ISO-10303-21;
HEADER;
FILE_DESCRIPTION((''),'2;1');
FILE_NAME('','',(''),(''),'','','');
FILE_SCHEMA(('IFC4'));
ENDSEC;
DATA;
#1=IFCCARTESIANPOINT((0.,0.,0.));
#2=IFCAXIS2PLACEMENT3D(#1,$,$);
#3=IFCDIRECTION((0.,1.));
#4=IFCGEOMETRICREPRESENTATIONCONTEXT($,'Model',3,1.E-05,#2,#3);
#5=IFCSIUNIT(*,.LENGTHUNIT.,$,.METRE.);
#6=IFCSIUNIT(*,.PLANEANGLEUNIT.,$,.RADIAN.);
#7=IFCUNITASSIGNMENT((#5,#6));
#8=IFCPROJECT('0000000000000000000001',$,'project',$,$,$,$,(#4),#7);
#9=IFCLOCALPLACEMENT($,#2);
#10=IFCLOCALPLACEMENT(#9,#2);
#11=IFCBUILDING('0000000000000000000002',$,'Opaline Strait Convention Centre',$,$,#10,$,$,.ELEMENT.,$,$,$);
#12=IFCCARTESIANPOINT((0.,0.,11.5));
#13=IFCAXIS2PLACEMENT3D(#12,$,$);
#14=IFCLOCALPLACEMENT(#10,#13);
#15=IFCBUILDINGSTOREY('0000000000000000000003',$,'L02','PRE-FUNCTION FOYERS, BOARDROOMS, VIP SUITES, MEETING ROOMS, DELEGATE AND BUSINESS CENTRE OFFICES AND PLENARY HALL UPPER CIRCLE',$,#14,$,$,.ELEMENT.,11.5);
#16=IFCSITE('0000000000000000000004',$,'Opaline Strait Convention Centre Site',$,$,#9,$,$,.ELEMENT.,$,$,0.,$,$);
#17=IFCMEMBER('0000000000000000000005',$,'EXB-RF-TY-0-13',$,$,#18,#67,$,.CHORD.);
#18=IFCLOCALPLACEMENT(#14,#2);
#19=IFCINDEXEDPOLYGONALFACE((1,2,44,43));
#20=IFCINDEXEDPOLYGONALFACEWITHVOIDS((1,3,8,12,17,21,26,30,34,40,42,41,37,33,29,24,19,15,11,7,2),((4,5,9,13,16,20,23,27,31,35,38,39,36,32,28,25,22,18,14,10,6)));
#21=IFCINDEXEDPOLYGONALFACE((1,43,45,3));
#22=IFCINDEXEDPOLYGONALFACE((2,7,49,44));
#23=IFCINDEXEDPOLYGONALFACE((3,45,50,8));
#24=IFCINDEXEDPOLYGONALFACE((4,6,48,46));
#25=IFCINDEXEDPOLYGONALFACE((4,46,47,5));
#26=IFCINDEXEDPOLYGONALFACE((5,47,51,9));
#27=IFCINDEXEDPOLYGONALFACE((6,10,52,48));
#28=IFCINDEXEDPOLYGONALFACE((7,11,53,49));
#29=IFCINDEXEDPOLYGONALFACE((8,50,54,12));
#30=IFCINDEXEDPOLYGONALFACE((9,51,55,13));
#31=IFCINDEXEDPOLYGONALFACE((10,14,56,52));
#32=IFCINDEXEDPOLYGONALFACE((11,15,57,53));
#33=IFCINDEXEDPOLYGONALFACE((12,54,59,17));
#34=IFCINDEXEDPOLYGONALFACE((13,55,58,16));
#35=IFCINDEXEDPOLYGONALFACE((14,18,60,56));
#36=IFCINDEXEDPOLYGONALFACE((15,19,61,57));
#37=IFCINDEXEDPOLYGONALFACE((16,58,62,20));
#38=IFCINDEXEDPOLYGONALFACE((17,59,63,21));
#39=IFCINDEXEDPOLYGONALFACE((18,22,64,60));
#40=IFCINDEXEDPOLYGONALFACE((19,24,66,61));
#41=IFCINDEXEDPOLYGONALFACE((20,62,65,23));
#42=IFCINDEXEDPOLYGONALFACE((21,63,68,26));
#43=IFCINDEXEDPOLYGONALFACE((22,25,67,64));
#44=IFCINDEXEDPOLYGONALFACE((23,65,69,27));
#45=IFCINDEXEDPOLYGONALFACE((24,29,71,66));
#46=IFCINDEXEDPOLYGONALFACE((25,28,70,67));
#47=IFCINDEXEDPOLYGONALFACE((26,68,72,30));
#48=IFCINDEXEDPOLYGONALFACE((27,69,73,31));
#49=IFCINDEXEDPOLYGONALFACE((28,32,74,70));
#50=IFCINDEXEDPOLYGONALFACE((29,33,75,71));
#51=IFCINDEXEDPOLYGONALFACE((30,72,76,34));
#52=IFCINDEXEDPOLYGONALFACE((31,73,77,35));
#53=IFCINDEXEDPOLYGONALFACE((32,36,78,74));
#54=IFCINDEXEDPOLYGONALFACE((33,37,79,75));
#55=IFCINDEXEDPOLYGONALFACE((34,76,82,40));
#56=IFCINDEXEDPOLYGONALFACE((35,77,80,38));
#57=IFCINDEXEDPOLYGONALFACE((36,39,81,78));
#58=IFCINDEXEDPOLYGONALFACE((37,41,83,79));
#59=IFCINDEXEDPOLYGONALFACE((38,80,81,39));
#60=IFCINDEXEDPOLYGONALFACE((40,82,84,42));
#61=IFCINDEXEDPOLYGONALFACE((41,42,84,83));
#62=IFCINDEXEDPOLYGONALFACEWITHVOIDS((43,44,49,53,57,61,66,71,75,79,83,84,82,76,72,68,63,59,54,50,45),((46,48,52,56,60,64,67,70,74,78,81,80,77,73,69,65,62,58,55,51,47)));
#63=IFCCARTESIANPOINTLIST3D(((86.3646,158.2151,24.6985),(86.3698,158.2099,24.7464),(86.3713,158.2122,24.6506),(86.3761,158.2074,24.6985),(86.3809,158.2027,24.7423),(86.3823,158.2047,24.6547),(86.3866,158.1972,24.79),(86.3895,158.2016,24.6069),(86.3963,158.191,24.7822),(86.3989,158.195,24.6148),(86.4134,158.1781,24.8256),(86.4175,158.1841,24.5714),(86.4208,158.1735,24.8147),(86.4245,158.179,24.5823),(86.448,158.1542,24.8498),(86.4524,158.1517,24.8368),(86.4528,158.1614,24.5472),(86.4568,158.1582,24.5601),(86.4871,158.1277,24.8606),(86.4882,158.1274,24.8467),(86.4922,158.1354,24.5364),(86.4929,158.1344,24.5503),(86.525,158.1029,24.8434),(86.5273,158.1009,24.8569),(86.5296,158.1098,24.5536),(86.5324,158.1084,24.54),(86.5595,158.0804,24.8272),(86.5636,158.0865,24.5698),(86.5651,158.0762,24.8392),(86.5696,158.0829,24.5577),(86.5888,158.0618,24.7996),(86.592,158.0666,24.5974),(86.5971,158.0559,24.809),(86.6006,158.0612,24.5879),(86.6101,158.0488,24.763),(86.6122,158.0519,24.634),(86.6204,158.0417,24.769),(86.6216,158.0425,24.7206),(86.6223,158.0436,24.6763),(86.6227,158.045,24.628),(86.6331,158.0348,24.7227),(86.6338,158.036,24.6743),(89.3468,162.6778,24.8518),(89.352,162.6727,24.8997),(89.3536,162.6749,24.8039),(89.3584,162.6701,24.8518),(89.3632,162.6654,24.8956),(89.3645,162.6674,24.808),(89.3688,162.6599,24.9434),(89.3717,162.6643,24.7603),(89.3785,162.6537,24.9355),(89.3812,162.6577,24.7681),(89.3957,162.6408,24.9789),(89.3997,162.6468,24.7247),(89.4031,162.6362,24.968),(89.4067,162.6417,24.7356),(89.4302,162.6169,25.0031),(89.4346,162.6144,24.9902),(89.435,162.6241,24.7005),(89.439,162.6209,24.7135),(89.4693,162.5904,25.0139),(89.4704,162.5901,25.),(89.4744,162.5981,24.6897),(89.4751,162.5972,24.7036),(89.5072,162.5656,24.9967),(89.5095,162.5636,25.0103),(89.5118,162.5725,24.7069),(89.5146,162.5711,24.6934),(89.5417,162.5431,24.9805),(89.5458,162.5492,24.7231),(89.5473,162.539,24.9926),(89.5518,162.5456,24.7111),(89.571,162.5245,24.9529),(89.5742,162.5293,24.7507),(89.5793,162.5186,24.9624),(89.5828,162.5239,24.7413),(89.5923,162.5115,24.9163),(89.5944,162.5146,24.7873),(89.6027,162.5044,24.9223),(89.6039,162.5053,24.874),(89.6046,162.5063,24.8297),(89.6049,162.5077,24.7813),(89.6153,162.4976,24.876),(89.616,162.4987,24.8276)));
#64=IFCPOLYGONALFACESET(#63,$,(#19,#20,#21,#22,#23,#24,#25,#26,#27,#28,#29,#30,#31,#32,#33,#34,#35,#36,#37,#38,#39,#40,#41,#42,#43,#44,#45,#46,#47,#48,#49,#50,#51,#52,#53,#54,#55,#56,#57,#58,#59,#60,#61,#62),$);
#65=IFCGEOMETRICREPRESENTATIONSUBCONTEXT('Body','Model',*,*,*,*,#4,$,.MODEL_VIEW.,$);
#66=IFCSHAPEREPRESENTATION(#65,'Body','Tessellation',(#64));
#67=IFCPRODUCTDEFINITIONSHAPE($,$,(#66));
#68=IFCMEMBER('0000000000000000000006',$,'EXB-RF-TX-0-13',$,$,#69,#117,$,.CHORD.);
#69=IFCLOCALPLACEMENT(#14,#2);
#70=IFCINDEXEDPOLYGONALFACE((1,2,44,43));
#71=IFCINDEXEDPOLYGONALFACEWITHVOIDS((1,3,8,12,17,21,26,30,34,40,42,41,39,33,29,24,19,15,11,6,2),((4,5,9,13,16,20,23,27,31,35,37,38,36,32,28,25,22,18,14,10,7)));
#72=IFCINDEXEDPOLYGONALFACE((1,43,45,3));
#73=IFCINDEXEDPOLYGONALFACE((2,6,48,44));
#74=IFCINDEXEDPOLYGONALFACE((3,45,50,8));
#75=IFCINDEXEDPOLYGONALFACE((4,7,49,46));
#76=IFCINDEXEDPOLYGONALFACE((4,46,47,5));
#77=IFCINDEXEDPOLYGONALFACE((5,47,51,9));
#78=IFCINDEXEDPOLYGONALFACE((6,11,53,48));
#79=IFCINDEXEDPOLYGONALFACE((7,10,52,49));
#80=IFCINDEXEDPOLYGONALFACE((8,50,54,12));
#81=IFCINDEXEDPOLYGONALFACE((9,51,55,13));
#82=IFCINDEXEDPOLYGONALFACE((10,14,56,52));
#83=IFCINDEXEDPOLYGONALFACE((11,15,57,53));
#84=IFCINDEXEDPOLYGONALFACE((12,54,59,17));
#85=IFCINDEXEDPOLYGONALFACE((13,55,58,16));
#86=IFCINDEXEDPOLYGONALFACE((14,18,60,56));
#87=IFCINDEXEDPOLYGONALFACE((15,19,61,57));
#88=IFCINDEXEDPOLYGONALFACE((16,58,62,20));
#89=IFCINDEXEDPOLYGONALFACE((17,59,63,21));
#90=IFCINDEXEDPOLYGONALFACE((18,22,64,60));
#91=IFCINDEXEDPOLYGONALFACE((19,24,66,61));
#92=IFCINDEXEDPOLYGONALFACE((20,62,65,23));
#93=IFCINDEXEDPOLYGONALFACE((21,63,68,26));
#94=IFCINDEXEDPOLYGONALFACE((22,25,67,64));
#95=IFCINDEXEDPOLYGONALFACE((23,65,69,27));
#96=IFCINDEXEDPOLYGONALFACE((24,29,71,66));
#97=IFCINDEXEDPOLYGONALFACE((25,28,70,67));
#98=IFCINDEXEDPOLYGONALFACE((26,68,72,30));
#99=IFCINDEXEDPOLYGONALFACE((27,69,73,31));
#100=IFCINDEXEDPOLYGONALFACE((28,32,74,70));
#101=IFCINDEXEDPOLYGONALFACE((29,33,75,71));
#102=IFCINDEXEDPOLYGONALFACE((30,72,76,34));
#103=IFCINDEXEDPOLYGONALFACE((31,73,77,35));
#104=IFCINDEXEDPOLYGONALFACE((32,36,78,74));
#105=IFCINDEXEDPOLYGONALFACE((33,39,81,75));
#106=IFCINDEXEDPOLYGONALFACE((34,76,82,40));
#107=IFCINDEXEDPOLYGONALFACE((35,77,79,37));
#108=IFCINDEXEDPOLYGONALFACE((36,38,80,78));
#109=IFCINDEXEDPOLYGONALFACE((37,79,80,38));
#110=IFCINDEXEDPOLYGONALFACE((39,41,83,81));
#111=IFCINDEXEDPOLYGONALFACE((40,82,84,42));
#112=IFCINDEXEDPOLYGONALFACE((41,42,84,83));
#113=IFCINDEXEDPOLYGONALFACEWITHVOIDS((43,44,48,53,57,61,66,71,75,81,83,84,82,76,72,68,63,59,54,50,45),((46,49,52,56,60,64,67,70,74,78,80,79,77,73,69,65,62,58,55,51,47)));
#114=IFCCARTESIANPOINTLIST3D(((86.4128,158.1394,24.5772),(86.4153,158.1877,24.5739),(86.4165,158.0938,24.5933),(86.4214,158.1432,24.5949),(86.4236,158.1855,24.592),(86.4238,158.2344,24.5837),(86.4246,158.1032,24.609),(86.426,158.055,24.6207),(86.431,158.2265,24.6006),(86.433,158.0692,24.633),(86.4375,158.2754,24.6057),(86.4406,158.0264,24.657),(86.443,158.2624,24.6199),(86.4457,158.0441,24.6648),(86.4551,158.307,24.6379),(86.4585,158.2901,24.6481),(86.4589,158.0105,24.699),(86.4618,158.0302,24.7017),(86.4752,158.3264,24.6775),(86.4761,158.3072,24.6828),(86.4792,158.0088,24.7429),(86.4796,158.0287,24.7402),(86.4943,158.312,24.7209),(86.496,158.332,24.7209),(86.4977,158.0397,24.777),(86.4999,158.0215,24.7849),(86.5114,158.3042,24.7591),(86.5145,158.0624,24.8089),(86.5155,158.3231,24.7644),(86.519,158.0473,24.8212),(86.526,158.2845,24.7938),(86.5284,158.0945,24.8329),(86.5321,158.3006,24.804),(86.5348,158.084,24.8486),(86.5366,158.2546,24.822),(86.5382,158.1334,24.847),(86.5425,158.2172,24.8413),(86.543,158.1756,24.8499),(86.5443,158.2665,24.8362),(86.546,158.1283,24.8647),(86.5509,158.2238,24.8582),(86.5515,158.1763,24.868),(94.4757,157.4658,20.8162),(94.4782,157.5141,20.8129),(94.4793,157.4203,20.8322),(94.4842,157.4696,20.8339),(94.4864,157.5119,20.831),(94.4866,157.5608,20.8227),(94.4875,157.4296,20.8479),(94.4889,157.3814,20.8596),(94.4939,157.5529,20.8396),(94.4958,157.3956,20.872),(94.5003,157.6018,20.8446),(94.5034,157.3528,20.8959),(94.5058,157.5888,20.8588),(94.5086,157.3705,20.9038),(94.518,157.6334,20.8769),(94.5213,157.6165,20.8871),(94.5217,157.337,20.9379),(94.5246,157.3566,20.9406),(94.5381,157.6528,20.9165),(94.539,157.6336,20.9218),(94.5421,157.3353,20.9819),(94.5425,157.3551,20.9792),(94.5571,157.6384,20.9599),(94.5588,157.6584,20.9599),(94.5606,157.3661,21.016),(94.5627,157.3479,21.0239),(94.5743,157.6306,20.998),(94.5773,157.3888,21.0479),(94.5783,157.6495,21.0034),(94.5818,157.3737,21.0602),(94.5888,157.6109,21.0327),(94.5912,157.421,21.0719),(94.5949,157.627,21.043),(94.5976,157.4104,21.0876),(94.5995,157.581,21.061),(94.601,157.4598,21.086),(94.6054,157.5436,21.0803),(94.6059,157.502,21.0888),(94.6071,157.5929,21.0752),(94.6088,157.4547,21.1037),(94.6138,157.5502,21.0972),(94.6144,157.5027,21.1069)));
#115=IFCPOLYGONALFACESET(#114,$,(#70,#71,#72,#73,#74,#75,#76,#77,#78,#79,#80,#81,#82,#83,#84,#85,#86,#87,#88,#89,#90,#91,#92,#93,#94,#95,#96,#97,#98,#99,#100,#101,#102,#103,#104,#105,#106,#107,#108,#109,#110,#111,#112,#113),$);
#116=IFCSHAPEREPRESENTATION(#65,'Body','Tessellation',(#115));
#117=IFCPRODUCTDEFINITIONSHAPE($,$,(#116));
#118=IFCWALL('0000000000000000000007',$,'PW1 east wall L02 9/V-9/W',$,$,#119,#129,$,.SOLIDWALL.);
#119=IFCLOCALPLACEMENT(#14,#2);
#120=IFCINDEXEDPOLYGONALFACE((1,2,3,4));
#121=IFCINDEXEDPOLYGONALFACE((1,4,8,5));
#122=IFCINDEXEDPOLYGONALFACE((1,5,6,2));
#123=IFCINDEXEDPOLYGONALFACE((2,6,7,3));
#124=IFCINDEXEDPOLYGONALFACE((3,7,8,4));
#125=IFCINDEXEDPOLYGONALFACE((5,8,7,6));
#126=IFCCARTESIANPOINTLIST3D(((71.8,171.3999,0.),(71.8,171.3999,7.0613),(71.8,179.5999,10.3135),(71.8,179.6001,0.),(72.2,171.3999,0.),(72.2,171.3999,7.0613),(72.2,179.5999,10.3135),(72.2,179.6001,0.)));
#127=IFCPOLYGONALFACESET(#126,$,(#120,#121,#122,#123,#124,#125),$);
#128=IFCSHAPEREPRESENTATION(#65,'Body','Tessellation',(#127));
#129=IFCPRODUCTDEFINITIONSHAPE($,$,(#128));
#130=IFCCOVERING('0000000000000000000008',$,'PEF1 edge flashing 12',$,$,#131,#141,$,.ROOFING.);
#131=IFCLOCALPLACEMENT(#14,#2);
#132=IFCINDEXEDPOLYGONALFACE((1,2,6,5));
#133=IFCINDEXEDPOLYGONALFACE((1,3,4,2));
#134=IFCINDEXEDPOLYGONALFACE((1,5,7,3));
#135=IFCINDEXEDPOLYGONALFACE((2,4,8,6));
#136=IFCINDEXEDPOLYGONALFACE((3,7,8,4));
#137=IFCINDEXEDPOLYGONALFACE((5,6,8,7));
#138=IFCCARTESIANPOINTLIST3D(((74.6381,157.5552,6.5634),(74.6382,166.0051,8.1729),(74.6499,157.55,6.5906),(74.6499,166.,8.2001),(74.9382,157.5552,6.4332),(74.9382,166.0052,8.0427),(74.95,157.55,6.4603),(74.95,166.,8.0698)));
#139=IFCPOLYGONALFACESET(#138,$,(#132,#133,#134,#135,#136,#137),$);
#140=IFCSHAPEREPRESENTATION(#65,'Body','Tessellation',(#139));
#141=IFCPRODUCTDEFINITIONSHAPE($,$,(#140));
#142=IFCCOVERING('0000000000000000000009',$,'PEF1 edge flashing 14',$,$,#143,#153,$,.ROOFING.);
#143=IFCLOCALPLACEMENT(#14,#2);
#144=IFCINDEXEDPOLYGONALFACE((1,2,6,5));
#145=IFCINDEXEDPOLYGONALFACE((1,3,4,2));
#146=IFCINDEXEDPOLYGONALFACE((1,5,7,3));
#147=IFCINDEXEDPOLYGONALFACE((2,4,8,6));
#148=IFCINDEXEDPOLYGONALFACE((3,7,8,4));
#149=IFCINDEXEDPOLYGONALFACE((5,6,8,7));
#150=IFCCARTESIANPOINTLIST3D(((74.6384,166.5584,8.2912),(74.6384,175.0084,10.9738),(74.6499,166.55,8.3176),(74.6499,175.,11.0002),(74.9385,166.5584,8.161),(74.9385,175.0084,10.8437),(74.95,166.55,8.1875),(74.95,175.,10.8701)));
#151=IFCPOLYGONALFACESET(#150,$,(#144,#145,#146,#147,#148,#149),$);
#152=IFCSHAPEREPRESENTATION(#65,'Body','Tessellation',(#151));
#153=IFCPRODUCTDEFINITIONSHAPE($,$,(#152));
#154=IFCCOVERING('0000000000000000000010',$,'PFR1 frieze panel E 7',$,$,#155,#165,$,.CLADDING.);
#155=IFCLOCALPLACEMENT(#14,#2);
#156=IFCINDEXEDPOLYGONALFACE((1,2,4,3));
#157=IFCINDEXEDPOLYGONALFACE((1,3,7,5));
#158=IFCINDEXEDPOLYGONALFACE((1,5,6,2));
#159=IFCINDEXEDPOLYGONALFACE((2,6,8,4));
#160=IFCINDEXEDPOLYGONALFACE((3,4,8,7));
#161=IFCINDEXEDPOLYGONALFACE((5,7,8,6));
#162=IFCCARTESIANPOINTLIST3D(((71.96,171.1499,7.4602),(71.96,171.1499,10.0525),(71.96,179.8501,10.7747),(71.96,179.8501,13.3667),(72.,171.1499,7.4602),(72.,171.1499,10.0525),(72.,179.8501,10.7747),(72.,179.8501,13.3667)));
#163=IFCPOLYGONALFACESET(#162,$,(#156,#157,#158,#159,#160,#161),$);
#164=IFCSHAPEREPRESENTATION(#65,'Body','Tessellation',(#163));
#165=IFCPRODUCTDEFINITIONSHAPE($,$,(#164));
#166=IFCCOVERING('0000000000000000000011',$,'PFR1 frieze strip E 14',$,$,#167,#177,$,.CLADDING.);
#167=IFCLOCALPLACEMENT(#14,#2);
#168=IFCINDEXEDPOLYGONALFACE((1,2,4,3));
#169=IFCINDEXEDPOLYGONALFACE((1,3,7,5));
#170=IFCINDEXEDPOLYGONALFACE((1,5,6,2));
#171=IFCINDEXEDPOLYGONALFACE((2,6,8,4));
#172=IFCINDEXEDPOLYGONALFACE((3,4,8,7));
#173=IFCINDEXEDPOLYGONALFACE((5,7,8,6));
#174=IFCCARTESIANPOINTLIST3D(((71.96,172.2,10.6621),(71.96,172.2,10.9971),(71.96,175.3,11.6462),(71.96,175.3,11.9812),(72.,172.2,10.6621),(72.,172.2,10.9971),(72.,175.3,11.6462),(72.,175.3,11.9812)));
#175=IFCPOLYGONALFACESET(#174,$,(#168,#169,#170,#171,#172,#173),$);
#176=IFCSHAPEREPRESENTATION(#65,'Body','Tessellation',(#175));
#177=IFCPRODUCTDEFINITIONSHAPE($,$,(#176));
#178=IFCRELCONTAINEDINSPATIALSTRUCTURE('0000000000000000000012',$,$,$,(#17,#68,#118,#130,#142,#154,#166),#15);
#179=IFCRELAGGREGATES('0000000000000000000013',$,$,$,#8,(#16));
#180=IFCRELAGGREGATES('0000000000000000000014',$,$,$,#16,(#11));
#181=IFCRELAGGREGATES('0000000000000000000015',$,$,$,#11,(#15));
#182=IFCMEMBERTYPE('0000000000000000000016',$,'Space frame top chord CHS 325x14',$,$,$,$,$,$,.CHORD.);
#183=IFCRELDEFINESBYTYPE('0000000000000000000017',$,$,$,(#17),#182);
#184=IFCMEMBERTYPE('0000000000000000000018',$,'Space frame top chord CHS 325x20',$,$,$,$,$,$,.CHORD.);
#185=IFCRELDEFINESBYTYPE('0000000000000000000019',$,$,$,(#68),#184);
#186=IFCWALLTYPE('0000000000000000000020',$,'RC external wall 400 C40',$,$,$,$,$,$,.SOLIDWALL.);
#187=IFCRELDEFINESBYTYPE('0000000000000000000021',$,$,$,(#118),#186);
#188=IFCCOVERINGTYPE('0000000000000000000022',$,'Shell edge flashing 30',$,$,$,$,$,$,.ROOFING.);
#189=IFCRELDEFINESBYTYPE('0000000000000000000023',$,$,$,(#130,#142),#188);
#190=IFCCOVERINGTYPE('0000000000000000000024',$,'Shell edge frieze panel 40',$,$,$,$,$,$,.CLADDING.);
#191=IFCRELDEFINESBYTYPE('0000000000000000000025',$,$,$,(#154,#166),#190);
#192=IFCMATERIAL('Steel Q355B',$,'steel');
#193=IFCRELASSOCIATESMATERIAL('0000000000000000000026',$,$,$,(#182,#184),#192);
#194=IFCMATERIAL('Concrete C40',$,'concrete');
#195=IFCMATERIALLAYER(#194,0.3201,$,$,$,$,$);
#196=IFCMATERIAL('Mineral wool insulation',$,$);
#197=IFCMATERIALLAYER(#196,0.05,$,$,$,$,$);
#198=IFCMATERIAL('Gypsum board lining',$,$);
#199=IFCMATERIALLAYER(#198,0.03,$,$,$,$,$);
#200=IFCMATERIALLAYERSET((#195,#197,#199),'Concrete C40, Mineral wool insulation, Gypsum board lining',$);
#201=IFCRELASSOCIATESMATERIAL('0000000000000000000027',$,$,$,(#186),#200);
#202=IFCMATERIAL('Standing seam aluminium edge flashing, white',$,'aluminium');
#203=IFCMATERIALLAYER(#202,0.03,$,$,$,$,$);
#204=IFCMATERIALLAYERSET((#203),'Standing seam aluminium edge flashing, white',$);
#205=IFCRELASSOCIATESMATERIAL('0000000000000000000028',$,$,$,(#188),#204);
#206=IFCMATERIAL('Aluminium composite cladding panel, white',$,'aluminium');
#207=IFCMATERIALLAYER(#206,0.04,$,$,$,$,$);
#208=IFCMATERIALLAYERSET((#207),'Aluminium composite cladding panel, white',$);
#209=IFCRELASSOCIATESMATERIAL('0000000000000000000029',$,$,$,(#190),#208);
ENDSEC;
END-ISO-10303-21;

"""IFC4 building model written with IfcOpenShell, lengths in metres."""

from ifc_helpers import new_model, si_unit, direction, frame, origin, origin_2d, place, context, subcontext, project, spatial, polyline, hollow_circle, outline, extrude, material, layer, layer_set, material_profile, profile_set, type_object, element, save


model = new_model("IFC4")

# Units and contexts
model_context = context("Model", 3, precision=1e-05, world=origin(), true_north=direction((0.0, 1.0)))
body_context = subcontext(model_context, "Body", "Model", "MODEL_VIEW")
ifc_project = project(units=[si_unit("LENGTHUNIT", "METRE"), si_unit("PLANEANGLEUNIT", "RADIAN")], contexts=[model_context])

# Site, building, storey
site_placement = place(None, origin())
site = spatial("IfcSite", under=ifc_project, at=site_placement, Name="Opaline Strait Convention Centre Site", CompositionType="ELEMENT", RefElevation=0.0)
building_placement = place(site_placement, origin())
building = spatial("IfcBuilding", under=site, at=building_placement, Name="Opaline Strait Convention Centre", CompositionType="ELEMENT")
storey_placement = place(building_placement, frame((0.0, 0.0, 11.5)))
storey = spatial("IfcBuildingStorey", under=building, at=storey_placement, Name="L02", Description="PRE-FUNCTION FOYERS, BOARDROOMS, VIP SUITES, MEETING ROOMS, DELEGATE AND BUSINESS CENTRE OFFICES AND PLENARY HALL UPPER CIRCLE", CompositionType="ELEMENT", Elevation=11.5)

# Shared definitions
ifc_material_1 = material(Name="Concrete C40", Category="concrete")

# Members
ifc_material_2 = material(Name="Steel Q355B", Category="steel")
ifc_material_profile_1 = material_profile(ifc_material_2, hollow_circle(Radius=0.1626, WallThickness=0.0139, at=origin_2d()), Name="CHS 325x14")
ifc_profile_set_1 = profile_set([ifc_material_profile_1], Name="Steel Q355B")
member_type_1 = type_object("IfcMemberType", Name="Space frame top chord CHS 325x14", PredefinedType="CHORD", material=ifc_profile_set_1)
member_1_placement = place(storey_placement, frame((86.4998, 158.1248, 24.6985), z_axis=(0.555387, 0.831102, 0.028554), x_axis=(-0.831441, 0.555613, 0.0)))
element("IfcMember", 1, at=member_1_placement, inside=storey, type_object=member_type_1, Name="EXB-RF-TY-0-13", PredefinedType="CHORD", context=body_context, shape_type="SweptSolid", body=[
    extrude(hollow_circle(Radius=0.1626, WallThickness=0.0139, at=origin_2d()), origin(), (0.0, 0.0, 1.0), 5.3696),
])
ifc_material_profile_2 = material_profile(ifc_material_2, hollow_circle(Radius=0.1626, WallThickness=0.02, at=origin_2d()), Name="CHS 325x20")
ifc_profile_set_2 = profile_set([ifc_material_profile_2], Name="Steel Q355B")
member_type_2 = type_object("IfcMemberType", Name="Space frame top chord CHS 325x20", PredefinedType="CHORD", material=ifc_profile_set_2)
member_2_placement = place(storey_placement, frame((86.4824, 158.1699, 24.7209), z_axis=(0.903667, -0.075495, -0.421529), x_axis=(0.083253, 0.996528, 0.0)))
element("IfcMember", 2, at=member_2_placement, inside=storey, type_object=member_type_2, Name="EXB-RF-TX-0-13", PredefinedType="CHORD", context=body_context, shape_type="SweptSolid", body=[
    extrude(hollow_circle(Radius=0.1626, WallThickness=0.02, at=origin_2d()), origin(), (0.0, 0.0, 1.0), 8.9224),
])

# Wall
ifc_layer_1 = layer(ifc_material_1, 0.3201)
ifc_material_3 = material(Name="Mineral wool insulation")
ifc_layer_2 = layer(ifc_material_3, 0.05)
ifc_material_4 = material(Name="Gypsum board lining")
ifc_layer_3 = layer(ifc_material_4, 0.03)
ifc_layer_set_1 = layer_set([ifc_layer_1, ifc_layer_2, ifc_layer_3], Name="Concrete C40, Mineral wool insulation, Gypsum board lining")
wall_type = type_object("IfcWallType", Name="RC external wall 400 C40", PredefinedType="SOLIDWALL", material=ifc_layer_set_1)
wall_placement = place(storey_placement, frame((72.0, 171.3999, 0.0), z_axis=(0.0, 0.0, 1.0), x_axis=(0.0, 1.0, 0.0)))
element("IfcWall", 3, at=wall_placement, inside=storey, type_object=wall_type, Name="PW1 east wall L02 9/V-9/W", PredefinedType="SOLIDWALL", context=body_context, shape_type="SweptSolid", body=[
    extrude(outline(polyline([(0.0, 0.0), (8.2002, 0.0), (8.2, 10.3135), (0.0, 7.0613), (0.0, 0.0)])), frame((0.0, 0.2, 0.0), z_axis=(0.0, -1.0, 0.0), x_axis=(1.0, 0.0, 0.0)), (0.0, 0.0, 1.0), 0.3999),
])

# Coverings
ifc_material_5 = material(Name="Standing seam aluminium edge flashing, white", Category="aluminium")
ifc_layer_4 = layer(ifc_material_5, 0.03)
ifc_layer_set_2 = layer_set([ifc_layer_4], Name="Standing seam aluminium edge flashing, white")
covering_type_1 = type_object("IfcCoveringType", Name="Shell edge flashing 30", PredefinedType="ROOFING", material=ifc_layer_set_2)
covering_1_placement = place(storey_placement, frame((74.6499, 157.55, 6.5906), z_axis=(0.392252, -0.172115, 0.903612), x_axis=(0.917297, -0.000058, -0.398203)))
element("IfcCovering", 4, at=covering_1_placement, inside=storey, type_object=covering_type_1, Name="PEF1 edge flashing 12", PredefinedType="ROOFING", context=body_context, shape_type="SweptSolid", body=[
    extrude(outline(polyline([(0.0, 0.0), (0.3271, 0.0), (-0.3143, 8.5779), (-0.6413, 8.5779), (0.0, 0.0)])), origin(), (0.0, 0.0, -1.0), 0.03),
])
covering_2_placement = place(storey_placement, frame((74.6499, 166.55, 8.3176), z_axis=(0.382006, -0.27964, 0.880836), x_axis=(0.917438, 0.0, -0.39788)))
element("IfcCovering", 5, at=covering_2_placement, inside=storey, type_object=covering_type_1, Name="PEF1 edge flashing 14", PredefinedType="ROOFING", context=body_context, shape_type="SweptSolid", body=[
    extrude(outline(polyline([(0.0, 0.0), (0.3271, 0.0), (-0.7403, 8.8011), (-1.0674, 8.8011), (0.0, 0.0)])), origin(), (0.0, 0.0, -1.0), 0.03),
])
ifc_material_6 = material(Name="Aluminium composite cladding panel, white", Category="aluminium")
ifc_layer_5 = layer(ifc_material_6, 0.04)
ifc_layer_set_3 = layer_set([ifc_layer_5], Name="Aluminium composite cladding panel, white")
covering_type_2 = type_object("IfcCoveringType", Name="Shell edge frieze panel 40", PredefinedType="CLADDING", material=ifc_layer_set_3)
covering_3_placement = place(storey_placement, frame((72.0, 171.1499, 7.4602), z_axis=(1.0, 0.0, 0.0), x_axis=(0.0, 0.934484, 0.356004)))
element("IfcCovering", 6, at=covering_3_placement, inside=storey, type_object=covering_type_2, Name="PFR1 frieze panel E 7", PredefinedType="CLADDING", context=body_context, shape_type="SweptSolid", body=[
    extrude(outline(polyline([(0.0, 0.0), (9.3102, 0.0), (10.2329, 2.4222), (0.9229, 2.4225), (0.0, 0.0)])), origin(), (0.0, 0.0, -1.0), 0.04),
])
covering_4_placement = place(storey_placement, frame((72.0, 172.2, 10.6621), z_axis=(1.0, 0.0, 0.0), x_axis=(0.0, 0.953127, 0.302572)))
element("IfcCovering", 7, at=covering_4_placement, inside=storey, type_object=covering_type_2, Name="PFR1 frieze strip E 14", PredefinedType="CLADDING", context=body_context, shape_type="SweptSolid", body=[
    extrude(outline(polyline([(0.0, 0.0), (3.2526, 0.0), (3.3539, 0.3193), (0.1013, 0.3193), (0.0, 0.0)])), origin(), (0.0, 0.0, -1.0), 0.04),
])

save(model, "model.ifc")
